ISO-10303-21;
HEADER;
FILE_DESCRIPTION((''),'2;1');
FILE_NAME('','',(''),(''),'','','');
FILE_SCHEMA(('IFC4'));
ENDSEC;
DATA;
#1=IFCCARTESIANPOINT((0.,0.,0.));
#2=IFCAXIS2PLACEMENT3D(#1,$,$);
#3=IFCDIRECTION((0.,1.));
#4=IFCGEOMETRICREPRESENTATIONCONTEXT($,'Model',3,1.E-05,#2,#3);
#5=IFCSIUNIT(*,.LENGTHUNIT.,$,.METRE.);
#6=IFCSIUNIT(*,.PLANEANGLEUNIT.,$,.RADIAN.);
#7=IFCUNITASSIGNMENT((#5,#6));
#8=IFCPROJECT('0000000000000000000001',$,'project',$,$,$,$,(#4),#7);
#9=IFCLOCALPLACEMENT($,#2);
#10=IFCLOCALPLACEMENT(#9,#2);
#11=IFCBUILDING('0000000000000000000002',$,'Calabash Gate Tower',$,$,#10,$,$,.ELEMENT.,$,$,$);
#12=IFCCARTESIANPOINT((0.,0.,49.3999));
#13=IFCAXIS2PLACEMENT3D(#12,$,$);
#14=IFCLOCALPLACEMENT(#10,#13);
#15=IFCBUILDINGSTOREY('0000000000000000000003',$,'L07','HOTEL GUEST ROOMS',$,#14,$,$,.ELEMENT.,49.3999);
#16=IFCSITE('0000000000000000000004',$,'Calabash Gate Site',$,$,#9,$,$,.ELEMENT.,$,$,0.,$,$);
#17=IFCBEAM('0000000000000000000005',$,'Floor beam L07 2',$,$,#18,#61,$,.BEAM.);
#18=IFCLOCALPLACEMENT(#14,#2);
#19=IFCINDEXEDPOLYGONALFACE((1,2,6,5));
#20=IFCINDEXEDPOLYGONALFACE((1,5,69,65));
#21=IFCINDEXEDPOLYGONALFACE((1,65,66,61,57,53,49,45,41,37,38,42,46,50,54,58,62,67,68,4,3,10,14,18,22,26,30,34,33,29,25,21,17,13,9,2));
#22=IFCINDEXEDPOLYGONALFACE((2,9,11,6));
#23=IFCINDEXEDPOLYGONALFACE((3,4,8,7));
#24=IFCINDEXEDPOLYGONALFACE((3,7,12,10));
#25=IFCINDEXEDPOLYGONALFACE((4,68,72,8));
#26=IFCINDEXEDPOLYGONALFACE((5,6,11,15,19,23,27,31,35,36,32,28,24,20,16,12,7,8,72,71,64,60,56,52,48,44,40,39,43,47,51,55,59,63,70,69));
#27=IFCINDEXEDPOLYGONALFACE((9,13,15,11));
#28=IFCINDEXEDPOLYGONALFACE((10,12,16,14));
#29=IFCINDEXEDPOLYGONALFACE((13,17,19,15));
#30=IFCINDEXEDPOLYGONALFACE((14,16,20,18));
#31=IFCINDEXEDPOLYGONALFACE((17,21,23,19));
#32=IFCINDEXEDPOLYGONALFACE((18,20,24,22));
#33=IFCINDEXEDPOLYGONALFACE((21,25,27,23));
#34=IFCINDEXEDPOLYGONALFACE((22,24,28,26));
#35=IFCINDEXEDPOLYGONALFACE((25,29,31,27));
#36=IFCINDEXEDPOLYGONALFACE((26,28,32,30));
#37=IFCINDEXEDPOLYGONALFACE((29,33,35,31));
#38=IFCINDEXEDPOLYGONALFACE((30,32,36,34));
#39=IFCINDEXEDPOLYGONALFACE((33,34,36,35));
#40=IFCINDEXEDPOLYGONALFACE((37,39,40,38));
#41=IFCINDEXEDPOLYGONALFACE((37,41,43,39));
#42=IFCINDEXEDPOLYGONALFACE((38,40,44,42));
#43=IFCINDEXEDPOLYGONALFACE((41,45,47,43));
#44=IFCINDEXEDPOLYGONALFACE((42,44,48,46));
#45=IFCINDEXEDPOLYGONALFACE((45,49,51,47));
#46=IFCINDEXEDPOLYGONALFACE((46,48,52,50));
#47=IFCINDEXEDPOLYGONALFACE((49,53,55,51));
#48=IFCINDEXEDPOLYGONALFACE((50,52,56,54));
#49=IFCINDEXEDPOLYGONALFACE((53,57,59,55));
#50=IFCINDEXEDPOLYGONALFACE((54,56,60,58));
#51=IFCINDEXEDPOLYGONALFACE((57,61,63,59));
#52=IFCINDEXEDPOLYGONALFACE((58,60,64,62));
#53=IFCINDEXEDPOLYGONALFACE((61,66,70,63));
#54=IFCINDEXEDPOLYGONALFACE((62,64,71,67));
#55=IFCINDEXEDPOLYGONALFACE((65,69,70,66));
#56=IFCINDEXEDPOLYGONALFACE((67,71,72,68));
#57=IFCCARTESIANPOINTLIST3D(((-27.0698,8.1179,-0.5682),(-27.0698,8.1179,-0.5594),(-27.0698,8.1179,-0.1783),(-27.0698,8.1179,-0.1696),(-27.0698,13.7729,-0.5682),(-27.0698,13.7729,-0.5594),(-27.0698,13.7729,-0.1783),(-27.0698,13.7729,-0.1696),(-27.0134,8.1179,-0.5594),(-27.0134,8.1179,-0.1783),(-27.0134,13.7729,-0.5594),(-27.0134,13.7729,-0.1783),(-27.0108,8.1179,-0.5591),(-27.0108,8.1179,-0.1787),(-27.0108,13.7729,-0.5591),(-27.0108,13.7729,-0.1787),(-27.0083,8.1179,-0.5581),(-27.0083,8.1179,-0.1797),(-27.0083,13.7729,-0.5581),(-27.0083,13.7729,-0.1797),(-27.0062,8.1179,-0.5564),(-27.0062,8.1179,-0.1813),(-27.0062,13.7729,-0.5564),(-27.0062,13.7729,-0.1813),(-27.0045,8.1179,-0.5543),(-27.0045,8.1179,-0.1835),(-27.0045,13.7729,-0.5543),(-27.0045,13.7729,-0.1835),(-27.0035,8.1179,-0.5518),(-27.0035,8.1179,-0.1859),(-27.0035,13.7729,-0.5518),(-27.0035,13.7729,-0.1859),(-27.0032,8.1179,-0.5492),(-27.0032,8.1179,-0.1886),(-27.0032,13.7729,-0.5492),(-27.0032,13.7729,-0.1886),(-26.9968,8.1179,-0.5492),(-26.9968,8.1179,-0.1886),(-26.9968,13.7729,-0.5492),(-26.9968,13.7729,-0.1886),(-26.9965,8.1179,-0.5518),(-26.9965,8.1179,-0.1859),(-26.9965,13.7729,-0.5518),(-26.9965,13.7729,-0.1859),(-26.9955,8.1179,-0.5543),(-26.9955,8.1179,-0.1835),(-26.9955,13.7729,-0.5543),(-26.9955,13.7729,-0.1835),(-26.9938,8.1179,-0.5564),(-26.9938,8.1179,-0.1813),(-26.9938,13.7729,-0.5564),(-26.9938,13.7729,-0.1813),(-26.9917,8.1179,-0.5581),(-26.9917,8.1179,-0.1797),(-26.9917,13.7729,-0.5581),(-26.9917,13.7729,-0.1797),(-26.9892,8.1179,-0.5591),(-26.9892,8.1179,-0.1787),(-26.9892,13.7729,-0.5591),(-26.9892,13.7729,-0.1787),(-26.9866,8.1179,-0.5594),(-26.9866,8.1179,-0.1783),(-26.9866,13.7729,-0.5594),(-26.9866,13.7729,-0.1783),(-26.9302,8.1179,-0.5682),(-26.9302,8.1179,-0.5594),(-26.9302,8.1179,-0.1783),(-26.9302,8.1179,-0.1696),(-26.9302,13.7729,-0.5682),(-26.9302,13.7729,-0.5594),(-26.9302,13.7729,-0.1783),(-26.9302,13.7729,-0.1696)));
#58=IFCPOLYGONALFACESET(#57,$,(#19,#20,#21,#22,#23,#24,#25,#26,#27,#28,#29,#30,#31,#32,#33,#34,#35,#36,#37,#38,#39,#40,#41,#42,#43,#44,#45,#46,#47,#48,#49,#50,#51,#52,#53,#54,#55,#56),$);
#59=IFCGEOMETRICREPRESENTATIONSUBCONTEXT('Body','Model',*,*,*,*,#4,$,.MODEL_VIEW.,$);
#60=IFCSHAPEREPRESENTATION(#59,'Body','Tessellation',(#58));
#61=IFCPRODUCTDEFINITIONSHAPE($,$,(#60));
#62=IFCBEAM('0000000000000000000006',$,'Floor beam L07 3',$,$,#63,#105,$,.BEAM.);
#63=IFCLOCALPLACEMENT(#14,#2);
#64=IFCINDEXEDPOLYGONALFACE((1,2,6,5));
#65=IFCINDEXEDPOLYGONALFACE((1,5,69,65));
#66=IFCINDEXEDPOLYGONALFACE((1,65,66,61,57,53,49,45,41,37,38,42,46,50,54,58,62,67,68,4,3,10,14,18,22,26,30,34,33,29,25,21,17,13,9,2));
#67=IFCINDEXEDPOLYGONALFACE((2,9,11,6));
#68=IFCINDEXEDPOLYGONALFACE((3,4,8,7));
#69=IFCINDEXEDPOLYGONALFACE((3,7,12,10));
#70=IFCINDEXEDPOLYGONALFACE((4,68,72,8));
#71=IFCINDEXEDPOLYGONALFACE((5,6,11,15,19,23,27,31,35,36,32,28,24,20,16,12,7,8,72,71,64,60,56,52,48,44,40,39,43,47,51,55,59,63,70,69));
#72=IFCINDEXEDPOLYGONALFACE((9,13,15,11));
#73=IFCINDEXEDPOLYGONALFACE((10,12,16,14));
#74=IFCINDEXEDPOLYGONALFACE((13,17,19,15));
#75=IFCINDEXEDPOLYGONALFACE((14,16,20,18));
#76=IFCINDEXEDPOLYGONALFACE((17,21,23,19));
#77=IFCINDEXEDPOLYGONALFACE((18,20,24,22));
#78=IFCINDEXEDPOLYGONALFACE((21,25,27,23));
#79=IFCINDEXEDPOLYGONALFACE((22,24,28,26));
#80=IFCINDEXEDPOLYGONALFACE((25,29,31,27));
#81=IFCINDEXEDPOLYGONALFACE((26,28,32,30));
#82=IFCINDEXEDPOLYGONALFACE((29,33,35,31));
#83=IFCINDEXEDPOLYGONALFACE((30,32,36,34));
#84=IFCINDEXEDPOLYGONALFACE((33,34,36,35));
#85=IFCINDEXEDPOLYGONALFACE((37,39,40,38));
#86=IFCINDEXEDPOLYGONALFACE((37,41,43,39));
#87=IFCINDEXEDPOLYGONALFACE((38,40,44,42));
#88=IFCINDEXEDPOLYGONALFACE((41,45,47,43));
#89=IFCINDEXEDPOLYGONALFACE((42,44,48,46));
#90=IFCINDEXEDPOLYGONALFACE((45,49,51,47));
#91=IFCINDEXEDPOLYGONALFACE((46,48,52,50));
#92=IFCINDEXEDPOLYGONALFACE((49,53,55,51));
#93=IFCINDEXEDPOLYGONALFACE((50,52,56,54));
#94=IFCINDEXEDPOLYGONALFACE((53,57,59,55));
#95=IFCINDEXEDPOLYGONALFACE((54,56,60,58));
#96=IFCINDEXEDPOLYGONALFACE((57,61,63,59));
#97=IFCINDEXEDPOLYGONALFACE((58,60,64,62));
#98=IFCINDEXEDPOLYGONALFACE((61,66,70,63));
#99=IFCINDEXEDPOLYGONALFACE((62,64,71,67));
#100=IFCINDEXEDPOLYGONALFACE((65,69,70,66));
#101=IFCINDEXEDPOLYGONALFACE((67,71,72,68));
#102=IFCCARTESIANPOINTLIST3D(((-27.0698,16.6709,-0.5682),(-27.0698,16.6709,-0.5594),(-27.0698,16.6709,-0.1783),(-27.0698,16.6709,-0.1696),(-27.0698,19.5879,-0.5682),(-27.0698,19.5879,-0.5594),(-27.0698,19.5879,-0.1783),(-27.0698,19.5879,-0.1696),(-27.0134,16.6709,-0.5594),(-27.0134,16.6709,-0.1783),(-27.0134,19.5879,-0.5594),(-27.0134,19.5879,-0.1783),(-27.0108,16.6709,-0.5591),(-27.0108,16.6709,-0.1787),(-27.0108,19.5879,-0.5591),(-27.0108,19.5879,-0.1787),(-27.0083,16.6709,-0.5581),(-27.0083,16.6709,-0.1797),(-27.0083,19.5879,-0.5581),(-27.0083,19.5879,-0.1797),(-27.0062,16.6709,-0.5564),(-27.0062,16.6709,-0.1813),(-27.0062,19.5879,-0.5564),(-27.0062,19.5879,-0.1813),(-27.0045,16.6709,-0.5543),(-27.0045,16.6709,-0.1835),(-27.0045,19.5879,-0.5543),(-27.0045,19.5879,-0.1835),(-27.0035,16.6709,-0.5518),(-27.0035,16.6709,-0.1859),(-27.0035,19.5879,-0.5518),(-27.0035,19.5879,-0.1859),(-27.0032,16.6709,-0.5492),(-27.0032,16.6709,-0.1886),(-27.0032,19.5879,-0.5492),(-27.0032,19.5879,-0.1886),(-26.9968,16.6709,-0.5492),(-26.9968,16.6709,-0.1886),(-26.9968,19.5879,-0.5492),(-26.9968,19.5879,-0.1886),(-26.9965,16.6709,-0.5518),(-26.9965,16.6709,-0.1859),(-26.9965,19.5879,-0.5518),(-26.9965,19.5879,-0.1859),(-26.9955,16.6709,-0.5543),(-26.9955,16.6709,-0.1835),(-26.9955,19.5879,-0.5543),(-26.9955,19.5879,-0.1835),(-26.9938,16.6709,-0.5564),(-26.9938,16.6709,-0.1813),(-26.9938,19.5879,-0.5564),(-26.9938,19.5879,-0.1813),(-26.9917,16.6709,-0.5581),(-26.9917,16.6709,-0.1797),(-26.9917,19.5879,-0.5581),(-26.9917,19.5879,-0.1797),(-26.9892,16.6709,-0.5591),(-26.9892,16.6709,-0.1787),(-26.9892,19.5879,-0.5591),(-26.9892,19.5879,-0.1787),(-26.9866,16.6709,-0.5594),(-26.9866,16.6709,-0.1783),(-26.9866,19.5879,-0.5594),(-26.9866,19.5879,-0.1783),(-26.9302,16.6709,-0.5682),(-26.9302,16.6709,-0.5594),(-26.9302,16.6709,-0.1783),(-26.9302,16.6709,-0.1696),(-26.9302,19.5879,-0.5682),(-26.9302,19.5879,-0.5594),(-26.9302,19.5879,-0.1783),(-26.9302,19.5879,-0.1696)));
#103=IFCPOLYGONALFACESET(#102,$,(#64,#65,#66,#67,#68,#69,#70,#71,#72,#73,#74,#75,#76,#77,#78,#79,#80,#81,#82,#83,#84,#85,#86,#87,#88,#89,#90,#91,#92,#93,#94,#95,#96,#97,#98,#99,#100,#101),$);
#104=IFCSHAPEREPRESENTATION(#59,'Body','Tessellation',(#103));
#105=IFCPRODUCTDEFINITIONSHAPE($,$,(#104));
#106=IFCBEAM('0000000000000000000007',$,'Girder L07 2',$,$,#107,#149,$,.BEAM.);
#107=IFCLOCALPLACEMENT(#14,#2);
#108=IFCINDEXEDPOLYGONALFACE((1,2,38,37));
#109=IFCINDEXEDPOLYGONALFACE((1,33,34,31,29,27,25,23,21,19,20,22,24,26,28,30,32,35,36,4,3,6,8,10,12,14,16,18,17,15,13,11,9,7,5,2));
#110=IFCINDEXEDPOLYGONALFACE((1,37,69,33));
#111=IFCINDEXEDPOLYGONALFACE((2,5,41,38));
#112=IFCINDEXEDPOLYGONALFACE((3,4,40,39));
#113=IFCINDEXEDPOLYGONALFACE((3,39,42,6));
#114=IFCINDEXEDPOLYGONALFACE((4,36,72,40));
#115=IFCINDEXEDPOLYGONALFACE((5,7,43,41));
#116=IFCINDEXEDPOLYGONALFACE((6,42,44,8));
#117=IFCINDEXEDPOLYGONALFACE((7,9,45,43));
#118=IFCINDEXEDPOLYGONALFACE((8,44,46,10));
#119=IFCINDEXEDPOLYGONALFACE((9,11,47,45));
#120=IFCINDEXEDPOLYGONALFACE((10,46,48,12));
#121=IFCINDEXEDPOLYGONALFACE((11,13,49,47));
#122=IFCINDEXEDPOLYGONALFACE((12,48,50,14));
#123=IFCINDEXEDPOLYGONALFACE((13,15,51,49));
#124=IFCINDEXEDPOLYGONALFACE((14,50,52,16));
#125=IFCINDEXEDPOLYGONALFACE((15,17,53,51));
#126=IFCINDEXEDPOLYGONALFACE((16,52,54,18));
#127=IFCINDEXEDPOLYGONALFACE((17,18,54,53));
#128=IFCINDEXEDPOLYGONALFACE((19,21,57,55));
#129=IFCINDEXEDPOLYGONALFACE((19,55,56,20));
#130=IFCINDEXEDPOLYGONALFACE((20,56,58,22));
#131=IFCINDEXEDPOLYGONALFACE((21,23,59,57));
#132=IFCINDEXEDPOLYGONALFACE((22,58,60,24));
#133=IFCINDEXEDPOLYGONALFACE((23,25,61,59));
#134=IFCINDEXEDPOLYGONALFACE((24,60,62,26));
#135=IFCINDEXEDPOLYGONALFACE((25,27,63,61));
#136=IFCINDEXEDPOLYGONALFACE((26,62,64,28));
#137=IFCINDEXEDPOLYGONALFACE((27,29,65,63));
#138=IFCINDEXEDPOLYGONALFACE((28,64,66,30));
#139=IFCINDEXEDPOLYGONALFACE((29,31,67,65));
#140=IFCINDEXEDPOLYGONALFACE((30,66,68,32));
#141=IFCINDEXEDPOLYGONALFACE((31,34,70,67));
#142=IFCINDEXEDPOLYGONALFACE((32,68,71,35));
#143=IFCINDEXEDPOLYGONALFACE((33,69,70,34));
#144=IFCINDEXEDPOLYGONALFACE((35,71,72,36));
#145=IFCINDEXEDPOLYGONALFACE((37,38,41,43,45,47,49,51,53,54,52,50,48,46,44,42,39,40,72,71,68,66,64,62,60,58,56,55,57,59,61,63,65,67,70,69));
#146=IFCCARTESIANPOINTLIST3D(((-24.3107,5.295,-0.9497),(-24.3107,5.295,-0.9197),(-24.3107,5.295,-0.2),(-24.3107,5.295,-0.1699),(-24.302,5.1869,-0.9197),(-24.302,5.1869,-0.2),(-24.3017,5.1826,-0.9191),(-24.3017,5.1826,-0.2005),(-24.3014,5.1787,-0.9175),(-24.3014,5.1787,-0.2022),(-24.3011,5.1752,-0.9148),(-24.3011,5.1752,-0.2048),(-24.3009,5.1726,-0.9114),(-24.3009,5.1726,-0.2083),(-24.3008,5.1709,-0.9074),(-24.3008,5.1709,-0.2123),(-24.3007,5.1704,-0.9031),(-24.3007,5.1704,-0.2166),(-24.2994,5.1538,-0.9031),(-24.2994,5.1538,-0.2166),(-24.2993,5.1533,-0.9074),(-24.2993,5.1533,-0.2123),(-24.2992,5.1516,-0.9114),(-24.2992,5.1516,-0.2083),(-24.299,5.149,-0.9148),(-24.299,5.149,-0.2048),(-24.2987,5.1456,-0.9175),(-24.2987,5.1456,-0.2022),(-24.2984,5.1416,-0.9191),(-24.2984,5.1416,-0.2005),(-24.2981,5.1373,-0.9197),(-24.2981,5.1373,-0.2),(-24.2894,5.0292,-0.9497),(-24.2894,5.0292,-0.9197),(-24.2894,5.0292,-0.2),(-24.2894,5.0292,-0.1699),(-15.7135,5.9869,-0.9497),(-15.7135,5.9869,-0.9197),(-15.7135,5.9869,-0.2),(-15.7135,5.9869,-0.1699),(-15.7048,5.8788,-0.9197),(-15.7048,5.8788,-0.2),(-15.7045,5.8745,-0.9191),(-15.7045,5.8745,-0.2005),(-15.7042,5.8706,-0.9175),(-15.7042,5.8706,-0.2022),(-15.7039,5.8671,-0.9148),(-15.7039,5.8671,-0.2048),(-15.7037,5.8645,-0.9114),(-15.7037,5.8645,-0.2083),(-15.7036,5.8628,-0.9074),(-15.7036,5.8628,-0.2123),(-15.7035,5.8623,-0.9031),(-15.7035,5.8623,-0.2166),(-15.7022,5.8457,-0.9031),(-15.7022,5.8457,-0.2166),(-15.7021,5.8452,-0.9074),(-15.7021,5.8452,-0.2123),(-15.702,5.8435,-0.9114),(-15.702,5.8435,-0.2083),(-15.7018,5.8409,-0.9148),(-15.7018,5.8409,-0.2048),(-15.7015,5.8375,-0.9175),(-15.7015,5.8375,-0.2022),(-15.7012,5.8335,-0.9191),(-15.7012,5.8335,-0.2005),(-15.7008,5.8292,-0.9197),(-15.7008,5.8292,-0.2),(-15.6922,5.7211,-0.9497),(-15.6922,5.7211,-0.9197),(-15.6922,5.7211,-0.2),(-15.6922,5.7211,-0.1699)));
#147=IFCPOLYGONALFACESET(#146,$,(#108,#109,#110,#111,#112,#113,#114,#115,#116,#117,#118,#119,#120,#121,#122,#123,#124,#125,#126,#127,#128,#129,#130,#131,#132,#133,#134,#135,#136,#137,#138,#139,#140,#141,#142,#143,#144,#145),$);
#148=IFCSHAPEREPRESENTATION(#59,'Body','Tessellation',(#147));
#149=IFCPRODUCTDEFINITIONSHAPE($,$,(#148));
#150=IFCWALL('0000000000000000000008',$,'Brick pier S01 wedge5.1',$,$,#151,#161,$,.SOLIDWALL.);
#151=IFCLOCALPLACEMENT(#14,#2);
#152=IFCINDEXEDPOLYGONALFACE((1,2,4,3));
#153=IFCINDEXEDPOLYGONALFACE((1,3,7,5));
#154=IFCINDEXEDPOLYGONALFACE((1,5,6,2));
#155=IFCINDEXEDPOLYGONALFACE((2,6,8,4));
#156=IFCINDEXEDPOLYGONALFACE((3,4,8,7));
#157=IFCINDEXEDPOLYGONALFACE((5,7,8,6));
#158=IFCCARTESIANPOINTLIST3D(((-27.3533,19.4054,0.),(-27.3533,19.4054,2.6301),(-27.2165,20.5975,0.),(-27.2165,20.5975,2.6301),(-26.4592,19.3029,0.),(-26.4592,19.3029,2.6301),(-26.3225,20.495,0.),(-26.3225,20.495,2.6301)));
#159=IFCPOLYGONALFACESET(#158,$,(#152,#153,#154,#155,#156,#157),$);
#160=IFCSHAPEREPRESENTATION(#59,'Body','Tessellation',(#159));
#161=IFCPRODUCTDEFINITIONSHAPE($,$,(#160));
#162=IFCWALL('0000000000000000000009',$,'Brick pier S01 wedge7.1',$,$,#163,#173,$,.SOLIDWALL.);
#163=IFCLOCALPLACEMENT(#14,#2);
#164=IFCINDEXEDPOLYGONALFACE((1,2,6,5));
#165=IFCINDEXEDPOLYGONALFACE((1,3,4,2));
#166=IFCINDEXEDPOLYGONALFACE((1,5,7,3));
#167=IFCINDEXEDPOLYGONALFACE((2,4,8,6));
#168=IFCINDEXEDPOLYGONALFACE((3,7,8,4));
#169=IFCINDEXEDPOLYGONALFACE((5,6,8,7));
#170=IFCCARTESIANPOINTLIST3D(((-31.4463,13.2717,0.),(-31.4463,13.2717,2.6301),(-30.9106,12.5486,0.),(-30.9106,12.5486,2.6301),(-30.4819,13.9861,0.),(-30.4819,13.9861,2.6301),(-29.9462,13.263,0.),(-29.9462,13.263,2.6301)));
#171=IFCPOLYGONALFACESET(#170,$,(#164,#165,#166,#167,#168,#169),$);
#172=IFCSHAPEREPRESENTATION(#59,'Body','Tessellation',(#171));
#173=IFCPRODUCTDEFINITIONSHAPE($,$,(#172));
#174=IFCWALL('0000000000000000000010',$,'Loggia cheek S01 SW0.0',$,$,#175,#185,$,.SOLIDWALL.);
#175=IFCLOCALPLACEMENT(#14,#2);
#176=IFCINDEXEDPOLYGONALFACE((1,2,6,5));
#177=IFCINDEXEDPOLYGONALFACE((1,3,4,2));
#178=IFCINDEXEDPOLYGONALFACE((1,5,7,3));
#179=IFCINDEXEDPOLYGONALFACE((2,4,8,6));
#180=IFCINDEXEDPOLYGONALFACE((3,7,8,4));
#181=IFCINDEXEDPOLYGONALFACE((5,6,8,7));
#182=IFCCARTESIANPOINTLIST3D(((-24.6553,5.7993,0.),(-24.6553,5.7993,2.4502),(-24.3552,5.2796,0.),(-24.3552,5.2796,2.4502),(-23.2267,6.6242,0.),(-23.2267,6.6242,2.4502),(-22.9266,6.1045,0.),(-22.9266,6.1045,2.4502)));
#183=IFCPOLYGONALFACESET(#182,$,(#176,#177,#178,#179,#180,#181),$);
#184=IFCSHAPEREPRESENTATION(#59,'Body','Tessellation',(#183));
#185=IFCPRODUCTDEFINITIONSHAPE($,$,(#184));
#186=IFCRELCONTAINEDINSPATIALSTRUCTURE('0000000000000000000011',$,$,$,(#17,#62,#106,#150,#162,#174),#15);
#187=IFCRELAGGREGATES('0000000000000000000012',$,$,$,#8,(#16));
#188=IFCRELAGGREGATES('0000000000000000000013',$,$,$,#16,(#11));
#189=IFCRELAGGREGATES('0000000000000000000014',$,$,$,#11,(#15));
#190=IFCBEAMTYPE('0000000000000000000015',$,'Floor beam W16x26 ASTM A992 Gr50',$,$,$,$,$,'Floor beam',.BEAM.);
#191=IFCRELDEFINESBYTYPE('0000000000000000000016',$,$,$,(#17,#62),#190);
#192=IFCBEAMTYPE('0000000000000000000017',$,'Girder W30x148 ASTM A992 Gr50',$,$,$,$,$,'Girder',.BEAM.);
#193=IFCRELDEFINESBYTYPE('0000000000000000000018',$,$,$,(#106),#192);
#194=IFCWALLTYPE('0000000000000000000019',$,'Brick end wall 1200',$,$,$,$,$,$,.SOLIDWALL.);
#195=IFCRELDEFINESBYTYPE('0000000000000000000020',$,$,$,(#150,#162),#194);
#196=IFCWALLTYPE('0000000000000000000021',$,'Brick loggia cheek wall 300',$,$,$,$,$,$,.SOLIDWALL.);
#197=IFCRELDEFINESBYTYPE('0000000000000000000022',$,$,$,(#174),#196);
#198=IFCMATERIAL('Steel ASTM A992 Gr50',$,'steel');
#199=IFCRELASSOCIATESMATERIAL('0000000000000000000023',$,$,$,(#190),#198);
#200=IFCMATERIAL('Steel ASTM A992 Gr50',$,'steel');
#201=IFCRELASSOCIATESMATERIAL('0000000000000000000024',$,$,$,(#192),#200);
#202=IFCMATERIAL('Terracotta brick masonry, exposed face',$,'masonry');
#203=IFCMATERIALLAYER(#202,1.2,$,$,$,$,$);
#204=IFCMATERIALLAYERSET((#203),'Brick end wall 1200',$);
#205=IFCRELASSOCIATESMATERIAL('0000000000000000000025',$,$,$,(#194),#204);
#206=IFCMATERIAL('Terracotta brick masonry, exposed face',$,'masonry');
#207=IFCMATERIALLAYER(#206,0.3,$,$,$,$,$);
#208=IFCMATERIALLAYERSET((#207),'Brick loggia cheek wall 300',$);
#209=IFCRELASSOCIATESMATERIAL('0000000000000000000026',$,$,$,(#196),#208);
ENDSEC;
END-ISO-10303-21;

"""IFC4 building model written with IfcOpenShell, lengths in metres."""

from ifc_helpers import new_model, si_unit, direction, frame, frame_2d, origin, origin_2d, place, context, subcontext, project, spatial, rectangle, i_section, extrude, material, layer, layer_set, material_profile, profile_set, type_object, element, save


model = new_model("IFC4")

# Units and contexts
model_context = context("Model", 3, precision=1e-05, world=origin(), true_north=direction((0.0, 1.0)))
body_context = subcontext(model_context, "Body", "Model", "MODEL_VIEW")
ifc_project = project(units=[si_unit("LENGTHUNIT", "METRE"), si_unit("PLANEANGLEUNIT", "RADIAN")], contexts=[model_context])

# Site, building, storey
site_placement = place(None, origin())
site = spatial("IfcSite", under=ifc_project, at=site_placement, Name="Calabash Gate Site", CompositionType="ELEMENT", RefElevation=0.0)
building_placement = place(site_placement, origin())
building = spatial("IfcBuilding", under=site, at=building_placement, Name="Calabash Gate Tower", CompositionType="ELEMENT")
storey_placement = place(building_placement, frame((0.0, 0.0, 49.3999)))
storey = spatial("IfcBuildingStorey", under=building, at=storey_placement, Name="L07", Description="HOTEL GUEST ROOMS", CompositionType="ELEMENT", Elevation=49.3999)

# Beams
ifc_material_1 = material(Name="Steel ASTM A992 Gr50", Category="steel")
ifc_material_profile_1 = material_profile(ifc_material_1, i_section(OverallWidth=0.1396, OverallDepth=0.3987, WebThickness=0.0063, FlangeThickness=0.0088, FilletRadius=0.0103, at=origin_2d()))
ifc_profile_set_1 = profile_set([ifc_material_profile_1], Name="Steel ASTM A992 Gr50")
beam_type_1 = type_object("IfcBeamType", Name="Floor beam W16x26 ASTM A992 Gr50", ElementType="Floor beam", PredefinedType="BEAM", material=ifc_profile_set_1)
beam_1_placement = place(storey_placement, frame((-27.0, 8.1179, -0.3689), z_axis=(0.0, 1.0, 0.0), x_axis=(-1.0, 0.0, 0.0)))
element("IfcBeam", 1, at=beam_1_placement, inside=storey, type_object=beam_type_1, Name="Floor beam L07 2", PredefinedType="BEAM", context=body_context, shape_type="SweptSolid", body=[
    extrude(i_section(OverallWidth=0.1396, OverallDepth=0.3987, WebThickness=0.0063, FlangeThickness=0.0088, FilletRadius=0.0103, at=origin_2d()), origin(), (0.0, 0.0, 1.0), 5.655),
])
beam_2_placement = place(storey_placement, frame((-27.0, 16.6709, -0.3689), z_axis=(0.0, 1.0, 0.0), x_axis=(-1.0, 0.0, 0.0)))
element("IfcBeam", 2, at=beam_2_placement, inside=storey, type_object=beam_type_1, Name="Floor beam L07 3", PredefinedType="BEAM", context=body_context, shape_type="SweptSolid", body=[
    extrude(i_section(OverallWidth=0.1396, OverallDepth=0.3987, WebThickness=0.0063, FlangeThickness=0.0088, FilletRadius=0.0103, at=origin_2d()), origin(), (0.0, 0.0, 1.0), 2.917),
])
ifc_material_2 = material(Name="Steel ASTM A992 Gr50", Category="steel")
ifc_material_profile_2 = material_profile(ifc_material_2, i_section(OverallWidth=0.2666, OverallDepth=0.7798, WebThickness=0.0166, FlangeThickness=0.03, FilletRadius=0.0166, at=origin_2d()))
ifc_profile_set_2 = profile_set([ifc_material_profile_2], Name="Steel ASTM A992 Gr50")
beam_type_2 = type_object("IfcBeamType", Name="Girder W30x148 ASTM A992 Gr50", ElementType="Girder", PredefinedType="BEAM", material=ifc_profile_set_2)
beam_3_placement = place(storey_placement, frame((-24.3, 5.1621, -0.5598), z_axis=(0.996777, 0.08022, 0.0), x_axis=(-0.08022, 0.996777, 0.0)))
element("IfcBeam", 3, at=beam_3_placement, inside=storey, type_object=beam_type_2, Name="Girder L07 2", PredefinedType="BEAM", context=body_context, shape_type="SweptSolid", body=[
    extrude(i_section(OverallWidth=0.2666, OverallDepth=0.7798, WebThickness=0.0166, FlangeThickness=0.03, FilletRadius=0.0166, at=origin_2d()), origin(), (0.0, 0.0, 1.0), 8.625),
])

# Walls
ifc_material_3 = material(Name="Terracotta brick masonry, exposed face", Category="masonry")
ifc_layer_1 = layer(ifc_material_3, 1.2)
ifc_layer_set_1 = layer_set([ifc_layer_1], Name="Brick end wall 1200")
wall_type_1 = type_object("IfcWallType", Name="Brick end wall 1200", PredefinedType="SOLIDWALL", material=ifc_layer_set_1)
wall_1_placement = place(storey_placement, frame((-26.9062, 19.354, 0.0), z_axis=(0.0, 0.0, 1.0), x_axis=(0.113937, 0.993488, 0.0)))
element("IfcWall", 4, at=wall_1_placement, inside=storey, type_object=wall_type_1, Name="Brick pier S01 wedge5.1", PredefinedType="SOLIDWALL", context=body_context, shape_type="SweptSolid", body=[
    extrude(rectangle(XDim=1.2, YDim=0.8999, at=frame_2d((0.6001, 0.0))), origin(), (0.0, 0.0, 1.0), 2.6301),
])
wall_2_placement = place(storey_placement, frame((-31.1785, 12.9102, 0.0), z_axis=(0.0, 0.0, 1.0), x_axis=(0.80355, 0.595237, 0.0)))
element("IfcWall", 5, at=wall_2_placement, inside=storey, type_object=wall_type_1, Name="Brick pier S01 wedge7.1", PredefinedType="SOLIDWALL", context=body_context, shape_type="SweptSolid", body=[
    extrude(rectangle(XDim=1.2002, YDim=0.8999, at=frame_2d((0.6001, 0.0))), origin(), (0.0, 0.0, 1.0), 2.6301),
])
ifc_material_4 = material(Name="Terracotta brick masonry, exposed face", Category="masonry")
ifc_layer_2 = layer(ifc_material_4, 0.3)
ifc_layer_set_2 = layer_set([ifc_layer_2], Name="Brick loggia cheek wall 300")
wall_type_2 = type_object("IfcWallType", Name="Brick loggia cheek wall 300", PredefinedType="SOLIDWALL", material=ifc_layer_set_2)
wall_3_placement = place(storey_placement, frame((-24.5051, 5.5396, 0.0), z_axis=(0.0, 0.0, 1.0), x_axis=(0.866003, 0.500038, 0.0)))
element("IfcWall", 6, at=wall_3_placement, inside=storey, type_object=wall_type_2, Name="Loggia cheek S01 SW0.0", PredefinedType="SOLIDWALL", context=body_context, shape_type="SweptSolid", body=[
    extrude(rectangle(XDim=1.6497, YDim=0.6001, at=frame_2d((0.8247, 0.0))), origin(), (0.0, 0.0, 1.0), 2.4502),
])

save(model, "model.ifc")
